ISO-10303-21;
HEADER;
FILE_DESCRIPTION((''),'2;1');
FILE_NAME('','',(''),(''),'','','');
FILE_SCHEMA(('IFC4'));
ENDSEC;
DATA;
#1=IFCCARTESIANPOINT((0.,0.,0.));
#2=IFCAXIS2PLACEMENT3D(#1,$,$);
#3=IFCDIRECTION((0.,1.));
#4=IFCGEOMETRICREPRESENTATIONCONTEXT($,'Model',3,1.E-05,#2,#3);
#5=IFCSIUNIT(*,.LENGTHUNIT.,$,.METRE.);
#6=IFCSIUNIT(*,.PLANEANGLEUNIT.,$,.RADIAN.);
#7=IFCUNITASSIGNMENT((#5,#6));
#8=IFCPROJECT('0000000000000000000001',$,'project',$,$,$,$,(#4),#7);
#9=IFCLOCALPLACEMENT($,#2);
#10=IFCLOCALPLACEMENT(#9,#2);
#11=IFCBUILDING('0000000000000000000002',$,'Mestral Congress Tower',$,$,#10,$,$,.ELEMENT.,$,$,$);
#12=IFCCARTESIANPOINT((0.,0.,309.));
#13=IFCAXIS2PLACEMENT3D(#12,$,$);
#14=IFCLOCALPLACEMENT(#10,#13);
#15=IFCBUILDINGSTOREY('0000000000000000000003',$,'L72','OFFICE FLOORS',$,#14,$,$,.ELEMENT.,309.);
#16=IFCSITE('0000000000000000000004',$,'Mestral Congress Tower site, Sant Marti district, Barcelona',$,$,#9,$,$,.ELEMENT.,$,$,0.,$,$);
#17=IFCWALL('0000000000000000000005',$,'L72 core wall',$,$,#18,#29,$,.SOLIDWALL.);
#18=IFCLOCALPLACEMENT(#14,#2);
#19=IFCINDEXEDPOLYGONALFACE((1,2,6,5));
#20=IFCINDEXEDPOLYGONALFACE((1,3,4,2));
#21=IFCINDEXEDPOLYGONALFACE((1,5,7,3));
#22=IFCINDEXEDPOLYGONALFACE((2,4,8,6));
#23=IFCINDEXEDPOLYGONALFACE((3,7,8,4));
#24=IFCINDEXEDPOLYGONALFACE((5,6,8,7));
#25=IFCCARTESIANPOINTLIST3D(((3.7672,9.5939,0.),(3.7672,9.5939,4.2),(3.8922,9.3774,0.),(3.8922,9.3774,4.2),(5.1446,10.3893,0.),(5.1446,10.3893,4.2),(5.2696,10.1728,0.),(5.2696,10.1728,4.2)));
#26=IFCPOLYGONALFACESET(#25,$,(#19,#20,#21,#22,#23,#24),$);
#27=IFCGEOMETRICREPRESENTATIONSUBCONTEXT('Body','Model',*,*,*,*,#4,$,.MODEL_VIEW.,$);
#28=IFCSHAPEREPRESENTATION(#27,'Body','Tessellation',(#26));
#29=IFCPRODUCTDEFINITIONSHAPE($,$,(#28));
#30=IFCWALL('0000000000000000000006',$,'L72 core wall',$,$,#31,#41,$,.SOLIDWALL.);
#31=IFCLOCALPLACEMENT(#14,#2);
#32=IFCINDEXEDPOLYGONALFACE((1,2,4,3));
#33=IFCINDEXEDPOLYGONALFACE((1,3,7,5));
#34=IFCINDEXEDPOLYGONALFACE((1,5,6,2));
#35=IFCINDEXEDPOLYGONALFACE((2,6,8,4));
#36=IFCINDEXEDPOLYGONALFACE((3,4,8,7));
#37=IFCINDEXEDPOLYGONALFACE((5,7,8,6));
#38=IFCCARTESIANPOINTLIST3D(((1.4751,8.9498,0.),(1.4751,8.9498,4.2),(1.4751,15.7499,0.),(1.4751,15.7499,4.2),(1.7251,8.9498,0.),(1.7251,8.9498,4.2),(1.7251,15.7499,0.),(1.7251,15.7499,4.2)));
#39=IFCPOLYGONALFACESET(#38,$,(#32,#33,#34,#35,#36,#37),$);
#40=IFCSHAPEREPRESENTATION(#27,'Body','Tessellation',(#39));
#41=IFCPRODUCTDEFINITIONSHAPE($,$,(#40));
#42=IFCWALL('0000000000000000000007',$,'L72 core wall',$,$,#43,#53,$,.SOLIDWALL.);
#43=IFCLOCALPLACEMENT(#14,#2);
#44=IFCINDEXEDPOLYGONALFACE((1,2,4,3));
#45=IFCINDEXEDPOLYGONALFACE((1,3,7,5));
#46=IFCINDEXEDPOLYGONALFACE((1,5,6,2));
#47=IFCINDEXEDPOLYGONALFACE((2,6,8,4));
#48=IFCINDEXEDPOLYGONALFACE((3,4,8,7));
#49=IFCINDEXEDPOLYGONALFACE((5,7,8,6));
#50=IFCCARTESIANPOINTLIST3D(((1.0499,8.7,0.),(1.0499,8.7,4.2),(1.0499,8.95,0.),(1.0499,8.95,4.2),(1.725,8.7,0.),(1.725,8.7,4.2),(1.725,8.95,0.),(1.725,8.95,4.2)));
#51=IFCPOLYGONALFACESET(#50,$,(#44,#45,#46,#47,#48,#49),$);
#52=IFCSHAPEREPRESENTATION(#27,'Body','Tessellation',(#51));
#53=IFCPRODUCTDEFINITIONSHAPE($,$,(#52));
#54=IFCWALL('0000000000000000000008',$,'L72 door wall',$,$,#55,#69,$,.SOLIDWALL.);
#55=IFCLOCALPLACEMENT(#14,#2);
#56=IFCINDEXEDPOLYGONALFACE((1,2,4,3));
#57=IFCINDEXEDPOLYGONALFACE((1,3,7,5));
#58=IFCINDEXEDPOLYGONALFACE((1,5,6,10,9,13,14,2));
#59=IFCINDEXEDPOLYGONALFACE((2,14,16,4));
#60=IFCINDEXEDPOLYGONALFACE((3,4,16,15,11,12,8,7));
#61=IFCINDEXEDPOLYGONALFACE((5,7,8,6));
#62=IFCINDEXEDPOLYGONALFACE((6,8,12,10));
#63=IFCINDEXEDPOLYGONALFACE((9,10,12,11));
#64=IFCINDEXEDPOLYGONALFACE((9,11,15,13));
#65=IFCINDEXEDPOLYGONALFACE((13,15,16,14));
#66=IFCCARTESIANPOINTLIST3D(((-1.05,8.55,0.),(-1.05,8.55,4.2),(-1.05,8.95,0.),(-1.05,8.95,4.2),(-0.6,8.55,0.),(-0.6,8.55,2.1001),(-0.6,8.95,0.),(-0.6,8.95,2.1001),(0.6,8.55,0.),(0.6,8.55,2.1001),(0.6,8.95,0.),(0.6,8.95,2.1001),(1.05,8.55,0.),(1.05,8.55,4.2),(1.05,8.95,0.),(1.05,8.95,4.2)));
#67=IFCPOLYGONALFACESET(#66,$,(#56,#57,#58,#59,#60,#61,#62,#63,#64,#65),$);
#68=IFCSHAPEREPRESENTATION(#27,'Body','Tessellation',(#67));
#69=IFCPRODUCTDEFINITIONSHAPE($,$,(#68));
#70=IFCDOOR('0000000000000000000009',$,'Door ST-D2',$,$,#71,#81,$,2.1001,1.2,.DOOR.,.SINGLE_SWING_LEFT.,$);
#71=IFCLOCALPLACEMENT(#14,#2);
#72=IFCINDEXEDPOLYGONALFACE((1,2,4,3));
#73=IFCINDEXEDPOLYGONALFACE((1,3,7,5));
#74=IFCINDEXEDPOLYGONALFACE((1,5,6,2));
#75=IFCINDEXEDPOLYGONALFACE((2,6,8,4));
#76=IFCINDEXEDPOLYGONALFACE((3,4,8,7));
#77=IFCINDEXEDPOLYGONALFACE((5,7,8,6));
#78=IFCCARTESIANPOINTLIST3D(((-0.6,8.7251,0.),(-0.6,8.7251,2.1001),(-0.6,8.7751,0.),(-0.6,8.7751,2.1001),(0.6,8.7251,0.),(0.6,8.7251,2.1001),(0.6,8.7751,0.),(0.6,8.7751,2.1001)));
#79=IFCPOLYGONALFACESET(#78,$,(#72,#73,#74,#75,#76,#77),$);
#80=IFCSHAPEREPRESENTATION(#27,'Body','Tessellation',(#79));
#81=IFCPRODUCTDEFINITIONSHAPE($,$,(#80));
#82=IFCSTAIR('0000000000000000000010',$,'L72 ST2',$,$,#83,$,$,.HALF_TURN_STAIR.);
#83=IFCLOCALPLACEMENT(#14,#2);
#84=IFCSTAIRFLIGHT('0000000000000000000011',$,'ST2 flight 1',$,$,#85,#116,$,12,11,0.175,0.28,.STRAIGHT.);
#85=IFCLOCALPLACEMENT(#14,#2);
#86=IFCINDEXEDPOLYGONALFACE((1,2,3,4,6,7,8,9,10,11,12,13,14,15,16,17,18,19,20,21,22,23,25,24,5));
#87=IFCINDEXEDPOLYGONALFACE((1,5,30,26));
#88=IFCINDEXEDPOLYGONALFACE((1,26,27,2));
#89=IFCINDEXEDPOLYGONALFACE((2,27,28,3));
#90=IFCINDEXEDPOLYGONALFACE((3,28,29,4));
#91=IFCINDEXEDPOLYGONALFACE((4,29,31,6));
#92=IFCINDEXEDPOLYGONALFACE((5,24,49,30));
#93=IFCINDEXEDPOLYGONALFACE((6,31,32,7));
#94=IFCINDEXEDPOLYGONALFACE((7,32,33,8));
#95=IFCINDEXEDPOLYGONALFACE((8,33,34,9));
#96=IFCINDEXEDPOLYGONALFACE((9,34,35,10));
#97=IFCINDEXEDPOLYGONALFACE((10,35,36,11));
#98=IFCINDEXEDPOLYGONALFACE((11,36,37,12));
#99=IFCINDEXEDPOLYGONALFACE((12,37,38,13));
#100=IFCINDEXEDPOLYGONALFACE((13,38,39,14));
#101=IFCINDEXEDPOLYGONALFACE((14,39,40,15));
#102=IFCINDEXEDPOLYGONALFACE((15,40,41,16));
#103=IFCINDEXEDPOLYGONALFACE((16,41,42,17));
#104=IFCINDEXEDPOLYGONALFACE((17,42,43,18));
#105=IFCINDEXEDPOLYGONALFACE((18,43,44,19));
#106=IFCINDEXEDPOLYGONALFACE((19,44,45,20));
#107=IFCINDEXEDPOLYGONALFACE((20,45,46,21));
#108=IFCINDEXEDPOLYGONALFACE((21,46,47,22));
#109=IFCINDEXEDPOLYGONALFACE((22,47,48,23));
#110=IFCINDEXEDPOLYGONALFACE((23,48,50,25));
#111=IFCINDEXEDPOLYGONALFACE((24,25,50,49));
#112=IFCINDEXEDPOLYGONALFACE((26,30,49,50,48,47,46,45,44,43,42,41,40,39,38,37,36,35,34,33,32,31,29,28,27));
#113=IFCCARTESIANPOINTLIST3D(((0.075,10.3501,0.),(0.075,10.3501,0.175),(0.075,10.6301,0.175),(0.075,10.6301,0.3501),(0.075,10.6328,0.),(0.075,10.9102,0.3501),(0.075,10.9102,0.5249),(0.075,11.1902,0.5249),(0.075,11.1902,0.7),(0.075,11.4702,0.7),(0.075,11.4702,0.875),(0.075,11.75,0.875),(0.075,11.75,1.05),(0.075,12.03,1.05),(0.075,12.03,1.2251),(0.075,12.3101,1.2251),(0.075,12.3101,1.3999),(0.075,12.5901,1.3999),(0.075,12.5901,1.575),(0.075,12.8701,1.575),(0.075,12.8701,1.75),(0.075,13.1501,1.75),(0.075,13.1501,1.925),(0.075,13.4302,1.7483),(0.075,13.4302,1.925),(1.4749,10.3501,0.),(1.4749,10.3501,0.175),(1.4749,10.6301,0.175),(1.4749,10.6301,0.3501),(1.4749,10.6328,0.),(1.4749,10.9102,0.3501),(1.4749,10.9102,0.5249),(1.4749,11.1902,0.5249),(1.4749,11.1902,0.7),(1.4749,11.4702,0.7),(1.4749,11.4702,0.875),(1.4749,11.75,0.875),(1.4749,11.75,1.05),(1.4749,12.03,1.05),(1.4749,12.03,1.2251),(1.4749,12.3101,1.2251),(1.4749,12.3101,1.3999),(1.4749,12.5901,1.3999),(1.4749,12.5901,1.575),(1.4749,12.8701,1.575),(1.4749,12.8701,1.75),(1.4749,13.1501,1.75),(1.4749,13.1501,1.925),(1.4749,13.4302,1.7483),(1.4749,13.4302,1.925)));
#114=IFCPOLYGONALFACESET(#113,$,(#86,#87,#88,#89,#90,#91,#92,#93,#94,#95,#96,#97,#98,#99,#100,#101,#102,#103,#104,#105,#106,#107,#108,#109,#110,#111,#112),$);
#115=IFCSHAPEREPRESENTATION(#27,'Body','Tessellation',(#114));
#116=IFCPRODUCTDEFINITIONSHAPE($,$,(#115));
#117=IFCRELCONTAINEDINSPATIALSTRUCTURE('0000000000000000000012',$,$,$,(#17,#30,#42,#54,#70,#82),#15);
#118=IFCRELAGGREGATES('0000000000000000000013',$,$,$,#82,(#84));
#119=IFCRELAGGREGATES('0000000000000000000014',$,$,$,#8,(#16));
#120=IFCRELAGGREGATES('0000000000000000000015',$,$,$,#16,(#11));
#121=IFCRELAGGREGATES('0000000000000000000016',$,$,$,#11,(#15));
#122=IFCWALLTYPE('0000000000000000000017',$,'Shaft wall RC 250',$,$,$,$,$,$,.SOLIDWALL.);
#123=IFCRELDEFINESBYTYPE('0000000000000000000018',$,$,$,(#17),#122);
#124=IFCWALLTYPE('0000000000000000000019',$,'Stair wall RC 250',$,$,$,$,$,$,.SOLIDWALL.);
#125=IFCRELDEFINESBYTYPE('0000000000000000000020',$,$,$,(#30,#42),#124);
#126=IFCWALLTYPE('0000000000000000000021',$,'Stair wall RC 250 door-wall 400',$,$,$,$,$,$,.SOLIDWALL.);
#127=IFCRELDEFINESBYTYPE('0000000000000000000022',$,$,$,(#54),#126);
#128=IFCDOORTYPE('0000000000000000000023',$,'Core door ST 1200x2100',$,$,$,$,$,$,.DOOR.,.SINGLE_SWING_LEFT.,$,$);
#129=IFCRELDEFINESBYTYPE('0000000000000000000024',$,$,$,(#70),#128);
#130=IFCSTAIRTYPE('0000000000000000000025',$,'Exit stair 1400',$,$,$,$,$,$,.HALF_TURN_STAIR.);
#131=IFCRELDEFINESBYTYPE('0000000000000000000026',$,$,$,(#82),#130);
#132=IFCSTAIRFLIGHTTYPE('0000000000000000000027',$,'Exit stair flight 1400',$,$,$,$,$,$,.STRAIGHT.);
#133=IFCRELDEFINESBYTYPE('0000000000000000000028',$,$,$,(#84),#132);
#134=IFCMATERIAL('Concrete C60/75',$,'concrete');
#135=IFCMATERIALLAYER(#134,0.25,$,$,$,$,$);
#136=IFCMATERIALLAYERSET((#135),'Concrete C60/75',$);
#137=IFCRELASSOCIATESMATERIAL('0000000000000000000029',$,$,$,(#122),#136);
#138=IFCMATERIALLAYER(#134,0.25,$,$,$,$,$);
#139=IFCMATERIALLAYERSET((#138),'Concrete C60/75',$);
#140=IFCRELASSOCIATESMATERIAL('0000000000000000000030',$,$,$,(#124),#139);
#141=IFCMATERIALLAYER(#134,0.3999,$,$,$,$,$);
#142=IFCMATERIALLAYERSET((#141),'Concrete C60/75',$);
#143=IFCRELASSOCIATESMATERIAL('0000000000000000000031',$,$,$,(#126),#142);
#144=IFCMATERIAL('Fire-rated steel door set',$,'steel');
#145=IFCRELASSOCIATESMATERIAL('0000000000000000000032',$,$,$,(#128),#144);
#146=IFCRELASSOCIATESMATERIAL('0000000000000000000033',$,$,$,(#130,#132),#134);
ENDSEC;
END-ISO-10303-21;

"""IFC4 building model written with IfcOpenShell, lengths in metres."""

from ifc_helpers import new_model, si_unit, direction, frame, frame_2d, origin, place, context, subcontext, project, spatial, polyline, rectangle, outline, extrude, material, layer, layer_set, type_object, element, fill, aggregate, save


model = new_model("IFC4")

# Units and contexts
model_context = context("Model", 3, precision=1e-05, world=origin(), true_north=direction((0.0, 1.0)))
body_context = subcontext(model_context, "Body", "Model", "MODEL_VIEW")
ifc_project = project(units=[si_unit("LENGTHUNIT", "METRE"), si_unit("PLANEANGLEUNIT", "RADIAN")], contexts=[model_context])

# Site, building, storey
site_placement = place(None, origin())
site = spatial("IfcSite", under=ifc_project, at=site_placement, Name="Mestral Congress Tower site, Sant Marti district, Barcelona", CompositionType="ELEMENT", RefElevation=0.0)
building_placement = place(site_placement, origin())
building = spatial("IfcBuilding", under=site, at=building_placement, Name="Mestral Congress Tower", CompositionType="ELEMENT")
storey_placement = place(building_placement, frame((0.0, 0.0, 309.0)))
storey = spatial("IfcBuildingStorey", under=building, at=storey_placement, Name="L72", Description="OFFICE FLOORS", CompositionType="ELEMENT", Elevation=309.0)

# Shared definitions
ifc_material_1 = material(Name="Fire-rated steel door set", Category="steel")

# Walls
ifc_material_2 = material(Name="Concrete C60/75", Category="concrete")
ifc_layer_1 = layer(ifc_material_2, 0.25)
ifc_layer_set_1 = layer_set([ifc_layer_1], Name="Concrete C60/75")
wall_type_1 = type_object("IfcWallType", Name="Shaft wall RC 250", PredefinedType="SOLIDWALL", material=ifc_layer_set_1)
wall_1_placement = place(storey_placement, frame((3.8296, 9.4856, 0.0), z_axis=(0.0, 0.0, 1.0), x_axis=(0.865986, 0.500068, 0.0)))
element("IfcWall", 1, at=wall_1_placement, inside=storey, type_object=wall_type_1, Name="L72 core wall", PredefinedType="SOLIDWALL", context=body_context, shape_type="SweptSolid", body=[
    extrude(rectangle(XDim=1.5906, YDim=0.25, at=frame_2d((0.7954, 0.0))), origin(), (0.0, 0.0, 1.0), 4.2),
])
ifc_layer_2 = layer(ifc_material_2, 0.25)
ifc_layer_set_2 = layer_set([ifc_layer_2], Name="Concrete C60/75")
wall_type_2 = type_object("IfcWallType", Name="Stair wall RC 250", PredefinedType="SOLIDWALL", material=ifc_layer_set_2)
wall_2_placement = place(storey_placement, frame((1.6001, 8.95, 0.0), z_axis=(0.0, 0.0, 1.0), x_axis=(0.0, 1.0, 0.0)))
element("IfcWall", 2, at=wall_2_placement, inside=storey, type_object=wall_type_2, Name="L72 core wall", PredefinedType="SOLIDWALL", context=body_context, shape_type="SweptSolid", body=[
    extrude(rectangle(XDim=6.8, YDim=0.25, at=frame_2d((3.3999, 0.0))), origin(), (0.0, 0.0, 1.0), 4.2),
])
wall_3_placement = place(storey_placement, frame((1.05, 8.825, 0.0), z_axis=(0.0, 0.0, 1.0), x_axis=(1.0, 0.0, 0.0)))
element("IfcWall", 3, at=wall_3_placement, inside=storey, type_object=wall_type_2, Name="L72 core wall", PredefinedType="SOLIDWALL", context=body_context, shape_type="SweptSolid", body=[
    extrude(rectangle(XDim=0.675, YDim=0.25, at=frame_2d((0.3374, 0.0))), origin(), (0.0, 0.0, 1.0), 4.2),
])

# Wall, opening, door
ifc_layer_3 = layer(ifc_material_2, 0.3999)
ifc_layer_set_3 = layer_set([ifc_layer_3], Name="Concrete C60/75")
wall_type_3 = type_object("IfcWallType", Name="Stair wall RC 250 door-wall 400", PredefinedType="SOLIDWALL", material=ifc_layer_set_3)
wall_4_placement = place(storey_placement, frame((1.05, 8.75, 0.0), z_axis=(0.0, 0.0, 1.0), x_axis=(-1.0, 0.0, 0.0)))
wall_4 = element("IfcWall", 4, at=wall_4_placement, inside=storey, type_object=wall_type_3, Name="L72 door wall", PredefinedType="SOLIDWALL", context=body_context, shape_type="SweptSolid", body=[
    extrude(rectangle(XDim=2.1001, YDim=0.3999, at=frame_2d((1.05, 0.0))), origin(), (0.0, 0.0, 1.0), 4.2),
])
opening_1_placement = place(wall_4_placement, frame((0.45, 0.0, 0.0)))
opening_1 = element("IfcOpeningElement", 5, at=opening_1_placement, cuts=wall_4, PredefinedType="OPENING", context=body_context, shape_type="SweptSolid", body=[
    extrude(rectangle(XDim=1.2, YDim=2.1001, at=frame_2d((0.6001, 1.05))), frame((0.0, 0.21, 0.0), z_axis=(0.0, -1.0, 0.0), x_axis=(1.0, 0.0, 0.0)), (0.0, 0.0, 1.0), 0.4199),
])
door_type_1 = type_object("IfcDoorType", Name="Core door ST 1200x2100", OperationType="SINGLE_SWING_LEFT", PredefinedType="DOOR", material=ifc_material_1)
door_1_placement = place(opening_1_placement, origin())
door_1 = element("IfcDoor", 6, at=door_1_placement, inside=storey, type_object=door_type_1, Name="Door ST-D2", OperationType="SINGLE_SWING_LEFT", OverallHeight=2.1001, OverallWidth=1.2, PredefinedType="DOOR", context=body_context, shape_type="SweptSolid", body=[
    extrude(rectangle(XDim=1.2, YDim=2.1001, at=frame_2d((0.6001, 1.05))), frame((0.0, 0.0249, 0.0), z_axis=(0.0, -1.0, 0.0), x_axis=(1.0, 0.0, 0.0)), (0.0, 0.0, 1.0), 0.05),
])
fill(opening_1, door_1)

# Stair, stair flight
stair_type = type_object("IfcStairType", Name="Exit stair 1400", PredefinedType="HALF_TURN_STAIR", material=ifc_material_2)
stair_placement = place(storey_placement, origin())
stair = element("IfcStair", 7, at=stair_placement, inside=storey, type_object=stair_type, Name="L72 ST2", PredefinedType="HALF_TURN_STAIR")
stair_flight_type = type_object("IfcStairFlightType", Name="Exit stair flight 1400", PredefinedType="STRAIGHT", material=ifc_material_2)
stair_flight_placement = place(storey_placement, frame((0.7749, 10.3501, 0.0), z_axis=(0.0, 0.0, 1.0), x_axis=(0.0, 1.0, 0.0)))
stair_flight = element("IfcStairFlight", 8, at=stair_flight_placement, type_object=stair_flight_type, Name="ST2 flight 1", NumberOfRisers=12, NumberOfTreads=11, PredefinedType="STRAIGHT", RiserHeight=0.175, TreadLength=0.28, context=body_context, shape_type="SweptSolid", body=[
    extrude(outline(polyline([(0.0, 0.0), (0.0, 0.175), (0.28, 0.175), (0.28, 0.3501), (0.5601, 0.3501), (0.5601, 0.5249), (0.8401, 0.5249), (0.8401, 0.7), (1.1201, 0.7), (1.1201, 0.875), (1.3999, 0.875), (1.3999, 1.05), (1.6799, 1.05), (1.6799, 1.2251), (1.96, 1.2251), (1.96, 1.3999), (2.24, 1.3999), (2.24, 1.575), (2.52, 1.575), (2.52, 1.75), (2.8, 1.75), (2.8, 1.925), (3.0801, 1.925), (3.0801, 2.1001), (3.0801, 1.7483), (0.2827, 0.0), (0.0, 0.0)])), frame((0.0, 0.7, 0.0), z_axis=(0.0, -1.0, 0.0), x_axis=(1.0, 0.0, 0.0)), (0.0, 0.0, 1.0), 1.3999),
])
aggregate(stair, [stair_flight])

save(model, "model.ifc")
